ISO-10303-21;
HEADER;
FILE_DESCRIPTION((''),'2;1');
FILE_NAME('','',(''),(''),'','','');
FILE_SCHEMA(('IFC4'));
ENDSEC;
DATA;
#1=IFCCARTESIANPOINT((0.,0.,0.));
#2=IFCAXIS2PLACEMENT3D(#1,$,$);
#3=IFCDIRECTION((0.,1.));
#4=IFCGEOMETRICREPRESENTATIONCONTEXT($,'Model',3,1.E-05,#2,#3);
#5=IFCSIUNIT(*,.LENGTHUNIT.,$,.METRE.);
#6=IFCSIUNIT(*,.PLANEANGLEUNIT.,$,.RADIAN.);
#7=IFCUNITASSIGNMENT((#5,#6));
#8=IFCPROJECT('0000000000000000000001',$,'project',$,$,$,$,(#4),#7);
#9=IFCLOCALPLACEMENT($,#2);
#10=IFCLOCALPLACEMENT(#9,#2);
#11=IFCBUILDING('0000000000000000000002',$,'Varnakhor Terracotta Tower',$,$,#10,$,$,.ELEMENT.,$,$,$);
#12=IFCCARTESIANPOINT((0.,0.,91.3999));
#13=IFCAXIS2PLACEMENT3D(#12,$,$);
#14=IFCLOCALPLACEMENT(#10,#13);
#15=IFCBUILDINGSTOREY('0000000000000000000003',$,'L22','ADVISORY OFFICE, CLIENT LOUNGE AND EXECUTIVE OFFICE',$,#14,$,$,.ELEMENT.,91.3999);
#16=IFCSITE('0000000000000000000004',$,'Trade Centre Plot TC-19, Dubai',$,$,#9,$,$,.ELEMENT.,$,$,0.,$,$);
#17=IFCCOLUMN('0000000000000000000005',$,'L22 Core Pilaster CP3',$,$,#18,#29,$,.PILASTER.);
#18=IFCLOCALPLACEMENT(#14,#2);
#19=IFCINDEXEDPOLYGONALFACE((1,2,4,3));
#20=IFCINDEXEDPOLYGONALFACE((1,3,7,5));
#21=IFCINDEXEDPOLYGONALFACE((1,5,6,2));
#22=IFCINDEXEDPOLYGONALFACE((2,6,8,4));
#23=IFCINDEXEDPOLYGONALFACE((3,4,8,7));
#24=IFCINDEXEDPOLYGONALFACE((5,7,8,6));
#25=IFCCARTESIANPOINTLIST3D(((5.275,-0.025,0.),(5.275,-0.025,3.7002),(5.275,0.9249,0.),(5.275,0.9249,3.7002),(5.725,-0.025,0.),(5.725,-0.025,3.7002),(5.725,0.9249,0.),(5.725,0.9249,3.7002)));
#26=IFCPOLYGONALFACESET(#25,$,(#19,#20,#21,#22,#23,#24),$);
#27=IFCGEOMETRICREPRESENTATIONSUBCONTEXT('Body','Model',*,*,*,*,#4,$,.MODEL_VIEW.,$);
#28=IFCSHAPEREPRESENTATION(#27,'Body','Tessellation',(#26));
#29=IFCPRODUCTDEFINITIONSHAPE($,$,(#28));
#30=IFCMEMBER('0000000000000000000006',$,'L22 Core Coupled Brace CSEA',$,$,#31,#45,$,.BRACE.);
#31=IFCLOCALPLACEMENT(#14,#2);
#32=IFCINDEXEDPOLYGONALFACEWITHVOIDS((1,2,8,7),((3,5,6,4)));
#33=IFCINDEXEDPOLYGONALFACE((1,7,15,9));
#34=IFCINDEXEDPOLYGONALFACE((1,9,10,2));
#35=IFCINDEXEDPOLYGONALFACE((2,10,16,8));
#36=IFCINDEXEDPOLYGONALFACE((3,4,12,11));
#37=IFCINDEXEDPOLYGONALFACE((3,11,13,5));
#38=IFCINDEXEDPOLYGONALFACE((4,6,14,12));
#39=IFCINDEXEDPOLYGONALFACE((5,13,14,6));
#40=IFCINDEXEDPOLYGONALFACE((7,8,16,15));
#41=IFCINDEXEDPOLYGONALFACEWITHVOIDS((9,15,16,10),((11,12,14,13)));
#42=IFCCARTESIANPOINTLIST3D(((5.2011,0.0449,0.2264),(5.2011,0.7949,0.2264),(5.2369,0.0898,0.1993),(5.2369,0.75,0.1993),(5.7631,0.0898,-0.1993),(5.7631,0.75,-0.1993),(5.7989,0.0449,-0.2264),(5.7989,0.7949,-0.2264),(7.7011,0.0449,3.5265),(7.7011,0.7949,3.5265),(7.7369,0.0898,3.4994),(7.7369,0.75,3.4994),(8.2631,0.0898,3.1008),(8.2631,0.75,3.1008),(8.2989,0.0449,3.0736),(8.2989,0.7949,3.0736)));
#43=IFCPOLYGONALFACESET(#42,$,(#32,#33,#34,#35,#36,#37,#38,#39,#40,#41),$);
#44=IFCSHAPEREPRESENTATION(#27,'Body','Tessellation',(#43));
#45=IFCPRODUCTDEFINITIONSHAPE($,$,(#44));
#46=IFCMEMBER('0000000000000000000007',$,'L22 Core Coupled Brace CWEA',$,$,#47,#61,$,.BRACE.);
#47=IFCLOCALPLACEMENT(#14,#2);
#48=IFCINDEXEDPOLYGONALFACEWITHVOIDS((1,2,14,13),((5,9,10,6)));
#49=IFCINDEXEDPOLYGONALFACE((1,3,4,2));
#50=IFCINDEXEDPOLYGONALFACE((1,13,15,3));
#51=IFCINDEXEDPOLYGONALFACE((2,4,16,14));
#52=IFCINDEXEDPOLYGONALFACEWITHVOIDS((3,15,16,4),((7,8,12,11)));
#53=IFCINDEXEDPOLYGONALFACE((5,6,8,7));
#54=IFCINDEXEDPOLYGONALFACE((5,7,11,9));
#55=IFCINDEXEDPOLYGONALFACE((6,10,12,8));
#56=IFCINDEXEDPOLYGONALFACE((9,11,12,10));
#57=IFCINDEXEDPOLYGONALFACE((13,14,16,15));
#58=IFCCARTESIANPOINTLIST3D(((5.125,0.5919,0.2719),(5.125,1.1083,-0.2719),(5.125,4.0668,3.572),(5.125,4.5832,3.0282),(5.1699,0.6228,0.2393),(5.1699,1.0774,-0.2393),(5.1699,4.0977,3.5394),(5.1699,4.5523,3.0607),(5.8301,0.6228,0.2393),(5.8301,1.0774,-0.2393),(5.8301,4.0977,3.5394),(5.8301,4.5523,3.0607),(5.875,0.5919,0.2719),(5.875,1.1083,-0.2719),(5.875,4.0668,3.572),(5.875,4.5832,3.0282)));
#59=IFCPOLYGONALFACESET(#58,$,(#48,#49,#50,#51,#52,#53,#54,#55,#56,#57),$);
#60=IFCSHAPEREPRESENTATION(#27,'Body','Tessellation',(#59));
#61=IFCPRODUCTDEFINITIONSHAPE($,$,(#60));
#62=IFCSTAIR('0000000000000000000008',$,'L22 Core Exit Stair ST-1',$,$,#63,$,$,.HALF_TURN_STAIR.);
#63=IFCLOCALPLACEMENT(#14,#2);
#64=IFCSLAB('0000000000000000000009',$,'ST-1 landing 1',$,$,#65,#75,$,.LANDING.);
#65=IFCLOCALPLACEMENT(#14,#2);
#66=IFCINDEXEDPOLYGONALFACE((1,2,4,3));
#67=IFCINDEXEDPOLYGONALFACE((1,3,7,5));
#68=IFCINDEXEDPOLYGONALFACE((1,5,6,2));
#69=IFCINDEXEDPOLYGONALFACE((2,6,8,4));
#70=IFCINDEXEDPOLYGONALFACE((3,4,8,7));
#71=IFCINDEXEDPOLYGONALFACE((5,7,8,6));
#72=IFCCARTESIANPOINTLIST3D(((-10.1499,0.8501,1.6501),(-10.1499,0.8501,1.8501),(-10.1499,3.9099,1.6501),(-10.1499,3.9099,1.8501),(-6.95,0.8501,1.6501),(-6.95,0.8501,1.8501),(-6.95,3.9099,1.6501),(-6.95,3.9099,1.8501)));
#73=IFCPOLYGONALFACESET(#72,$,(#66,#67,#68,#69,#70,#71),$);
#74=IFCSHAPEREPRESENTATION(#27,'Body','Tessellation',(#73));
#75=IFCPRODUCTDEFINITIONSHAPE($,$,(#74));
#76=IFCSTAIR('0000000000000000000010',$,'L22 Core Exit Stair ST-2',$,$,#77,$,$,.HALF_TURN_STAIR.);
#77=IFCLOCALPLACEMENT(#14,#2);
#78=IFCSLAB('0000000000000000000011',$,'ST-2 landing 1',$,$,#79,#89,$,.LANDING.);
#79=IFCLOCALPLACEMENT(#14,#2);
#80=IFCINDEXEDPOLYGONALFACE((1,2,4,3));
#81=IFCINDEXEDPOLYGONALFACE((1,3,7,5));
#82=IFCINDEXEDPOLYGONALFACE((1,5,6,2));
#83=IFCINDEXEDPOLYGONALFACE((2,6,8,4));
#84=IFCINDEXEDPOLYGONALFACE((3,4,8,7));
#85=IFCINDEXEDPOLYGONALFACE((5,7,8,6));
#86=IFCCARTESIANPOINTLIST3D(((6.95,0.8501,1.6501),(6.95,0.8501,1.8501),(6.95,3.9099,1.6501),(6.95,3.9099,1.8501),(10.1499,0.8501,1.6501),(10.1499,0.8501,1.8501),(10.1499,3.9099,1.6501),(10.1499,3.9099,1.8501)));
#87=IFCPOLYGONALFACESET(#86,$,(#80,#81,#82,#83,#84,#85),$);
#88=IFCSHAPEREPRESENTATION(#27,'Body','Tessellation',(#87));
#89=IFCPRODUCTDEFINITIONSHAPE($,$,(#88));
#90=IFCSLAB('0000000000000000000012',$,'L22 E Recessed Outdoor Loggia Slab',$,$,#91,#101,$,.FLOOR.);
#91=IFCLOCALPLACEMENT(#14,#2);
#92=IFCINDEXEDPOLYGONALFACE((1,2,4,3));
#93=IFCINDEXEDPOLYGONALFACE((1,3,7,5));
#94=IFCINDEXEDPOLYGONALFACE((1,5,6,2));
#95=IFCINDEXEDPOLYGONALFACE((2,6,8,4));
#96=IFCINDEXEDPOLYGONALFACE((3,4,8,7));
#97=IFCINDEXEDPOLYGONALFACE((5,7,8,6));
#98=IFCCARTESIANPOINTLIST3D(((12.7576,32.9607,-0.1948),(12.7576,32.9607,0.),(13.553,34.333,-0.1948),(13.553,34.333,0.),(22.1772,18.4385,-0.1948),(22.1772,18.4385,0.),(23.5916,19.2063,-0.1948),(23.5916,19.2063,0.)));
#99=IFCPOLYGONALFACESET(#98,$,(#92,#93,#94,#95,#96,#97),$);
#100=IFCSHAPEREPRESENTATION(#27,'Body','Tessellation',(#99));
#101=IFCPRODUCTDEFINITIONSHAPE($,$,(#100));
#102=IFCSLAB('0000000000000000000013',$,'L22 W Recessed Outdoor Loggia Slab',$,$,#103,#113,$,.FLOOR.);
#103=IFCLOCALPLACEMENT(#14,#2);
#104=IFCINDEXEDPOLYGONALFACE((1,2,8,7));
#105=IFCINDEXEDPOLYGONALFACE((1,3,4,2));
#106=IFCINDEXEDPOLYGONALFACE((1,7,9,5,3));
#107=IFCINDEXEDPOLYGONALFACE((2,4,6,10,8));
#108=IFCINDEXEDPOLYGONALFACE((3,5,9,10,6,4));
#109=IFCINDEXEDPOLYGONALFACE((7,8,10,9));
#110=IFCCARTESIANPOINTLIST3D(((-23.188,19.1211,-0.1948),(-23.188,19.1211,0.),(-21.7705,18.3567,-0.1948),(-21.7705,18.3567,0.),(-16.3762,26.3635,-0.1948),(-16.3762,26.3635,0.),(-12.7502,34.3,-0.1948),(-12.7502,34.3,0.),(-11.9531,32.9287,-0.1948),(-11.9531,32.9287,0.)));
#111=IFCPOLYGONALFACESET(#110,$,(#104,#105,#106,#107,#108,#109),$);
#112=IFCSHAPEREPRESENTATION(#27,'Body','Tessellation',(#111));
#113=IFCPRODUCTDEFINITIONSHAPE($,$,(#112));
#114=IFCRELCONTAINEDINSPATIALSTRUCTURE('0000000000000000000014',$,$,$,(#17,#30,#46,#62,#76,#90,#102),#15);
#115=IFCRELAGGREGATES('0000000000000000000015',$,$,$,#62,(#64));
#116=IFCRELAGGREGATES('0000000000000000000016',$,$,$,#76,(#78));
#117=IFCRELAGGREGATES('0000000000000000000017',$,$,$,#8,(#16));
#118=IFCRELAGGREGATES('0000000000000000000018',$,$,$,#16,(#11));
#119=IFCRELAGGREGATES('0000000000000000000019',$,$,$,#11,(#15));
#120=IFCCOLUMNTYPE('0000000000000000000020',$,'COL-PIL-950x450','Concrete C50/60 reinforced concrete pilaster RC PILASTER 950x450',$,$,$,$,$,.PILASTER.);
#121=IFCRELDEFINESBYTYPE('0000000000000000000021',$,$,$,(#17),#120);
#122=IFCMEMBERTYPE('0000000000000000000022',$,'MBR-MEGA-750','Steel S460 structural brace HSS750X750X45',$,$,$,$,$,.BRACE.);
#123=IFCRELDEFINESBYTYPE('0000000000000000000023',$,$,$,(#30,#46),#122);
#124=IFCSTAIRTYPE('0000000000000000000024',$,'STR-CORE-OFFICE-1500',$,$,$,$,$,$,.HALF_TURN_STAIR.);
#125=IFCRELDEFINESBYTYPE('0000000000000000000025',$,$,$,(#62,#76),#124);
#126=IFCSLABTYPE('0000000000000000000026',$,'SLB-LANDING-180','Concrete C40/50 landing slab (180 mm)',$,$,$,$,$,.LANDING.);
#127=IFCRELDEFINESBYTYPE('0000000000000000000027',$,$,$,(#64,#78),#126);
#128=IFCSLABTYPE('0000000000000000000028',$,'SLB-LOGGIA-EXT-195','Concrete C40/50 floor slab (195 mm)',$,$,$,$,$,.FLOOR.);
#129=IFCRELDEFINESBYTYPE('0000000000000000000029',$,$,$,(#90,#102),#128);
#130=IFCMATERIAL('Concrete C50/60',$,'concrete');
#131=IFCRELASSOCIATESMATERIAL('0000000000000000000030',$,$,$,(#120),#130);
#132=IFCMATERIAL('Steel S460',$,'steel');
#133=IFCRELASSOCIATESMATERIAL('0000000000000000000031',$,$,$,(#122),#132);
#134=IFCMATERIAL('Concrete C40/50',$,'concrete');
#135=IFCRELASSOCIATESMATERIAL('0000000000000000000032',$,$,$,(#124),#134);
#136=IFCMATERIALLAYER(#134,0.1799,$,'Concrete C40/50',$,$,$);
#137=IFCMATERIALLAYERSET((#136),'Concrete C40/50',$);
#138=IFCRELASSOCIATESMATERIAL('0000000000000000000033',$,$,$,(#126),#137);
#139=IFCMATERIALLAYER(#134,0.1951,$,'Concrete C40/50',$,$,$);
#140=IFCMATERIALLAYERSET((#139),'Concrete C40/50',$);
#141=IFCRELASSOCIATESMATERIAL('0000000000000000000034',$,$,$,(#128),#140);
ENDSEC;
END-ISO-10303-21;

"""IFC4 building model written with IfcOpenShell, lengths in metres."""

from ifc_helpers import new_model, si_unit, direction, frame, origin, origin_2d, place, context, subcontext, project, spatial, polyline, rectangle, hollow_rectangle, outline, extrude, source, transform, mapped, material, layer, layer_set, material_profile, profile_set, type_object, type_shapes, element, aggregate, save


model = new_model("IFC4")

# Units and contexts
model_context = context("Model", 3, precision=1e-05, world=origin(), true_north=direction((0.0, 1.0)))
body_context = subcontext(model_context, "Body", "Model", "MODEL_VIEW")
ifc_project = project(units=[si_unit("LENGTHUNIT", "METRE"), si_unit("PLANEANGLEUNIT", "RADIAN")], contexts=[model_context])

# Site, building, storey
site_placement = place(None, origin())
site = spatial("IfcSite", under=ifc_project, at=site_placement, Name="Trade Centre Plot TC-19, Dubai", CompositionType="ELEMENT", RefElevation=0.0)
building_placement = place(site_placement, origin())
building = spatial("IfcBuilding", under=site, at=building_placement, Name="Varnakhor Terracotta Tower", CompositionType="ELEMENT")
storey_placement = place(building_placement, frame((0.0, 0.0, 91.3999)))
storey = spatial("IfcBuildingStorey", under=building, at=storey_placement, Name="L22", Description="ADVISORY OFFICE, CLIENT LOUNGE AND EXECUTIVE OFFICE", CompositionType="ELEMENT", Elevation=91.3999)

# Column
ifc_material_1 = material(Name="Concrete C50/60", Category="concrete")
ifc_material_profile_1 = material_profile(ifc_material_1, rectangle(XDim=0.45, YDim=0.95, at=origin_2d()), Name="RC PILASTER 950x450")
ifc_profile_set_1 = profile_set([ifc_material_profile_1], Name="Concrete C50/60")
column_type = type_object("IfcColumnType", Name="COL-PIL-950x450", Description="Concrete C50/60 reinforced concrete pilaster RC PILASTER 950x450", PredefinedType="PILASTER", material=ifc_profile_set_1)
shared_shape_1 = source(origin(), body_context, "Body", "SweptSolid", [
    extrude(rectangle(XDim=0.45, YDim=0.95, at=origin_2d()), origin(), (0.0, 0.0, 1.0), 3.7002),
])
column_placement = place(storey_placement, frame((5.5, 0.45, 0.0), z_axis=(0.0, 0.0, 1.0), x_axis=(1.0, 0.0, 0.0)))
element("IfcColumn", 1, at=column_placement, inside=storey, type_object=column_type, Name="L22 Core Pilaster CP3", PredefinedType="PILASTER", context=body_context, shape_type="MappedRepresentation", body=[
    mapped(shared_shape_1, transform((0.0, 0.0, 0.0), scale=1.0)),
])

# Members
ifc_material_2 = material(Name="Steel S460", Category="steel")
ifc_material_profile_2 = material_profile(ifc_material_2, hollow_rectangle(XDim=0.75, YDim=0.75, WallThickness=0.0449, at=origin_2d()), Name="HSS750X750X45")
ifc_profile_set_2 = profile_set([ifc_material_profile_2], Name="Steel S460")
member_type = type_object("IfcMemberType", Name="MBR-MEGA-750", Description="Steel S460 structural brace HSS750X750X45", PredefinedType="BRACE", material=ifc_profile_set_2)
shared_shape_2 = source(origin(), body_context, "Body", "SweptSolid", [
    extrude(hollow_rectangle(XDim=0.75, YDim=0.75, WallThickness=0.0449, at=origin_2d()), origin(), (0.0, 0.0, 1.0), 4.1401),
])
type_shapes(member_type, [shared_shape_2])
member_1_placement = place(storey_placement, frame((5.5, 0.4199, 0.0), z_axis=(0.603852, 0.0, 0.797096), x_axis=(0.0, 1.0, 0.0)))
element("IfcMember", 2, at=member_1_placement, inside=storey, type_object=member_type, Name="L22 Core Coupled Brace CSEA", PredefinedType="BRACE", context=body_context, shape_type="MappedRepresentation", body=[
    mapped(shared_shape_2, transform((0.0, 0.0, 0.0), scale=1.0)),
])
shared_shape_3 = source(origin(), body_context, "Body", "SweptSolid", [
    extrude(hollow_rectangle(XDim=0.75, YDim=0.75, WallThickness=0.0449, at=origin_2d()), origin(), (0.0, 0.0, 1.0), 4.7922),
])
member_2_placement = place(storey_placement, frame((5.5, 0.8501, 0.0), z_axis=(0.0, 0.72511, 0.688633), x_axis=(-1.0, 0.0, 0.0)))
element("IfcMember", 3, at=member_2_placement, inside=storey, type_object=member_type, Name="L22 Core Coupled Brace CWEA", PredefinedType="BRACE", context=body_context, shape_type="MappedRepresentation", body=[
    mapped(shared_shape_3, transform((0.0, 0.0, 0.0), scale=1.0)),
])

# Stairs, slabs
ifc_material_3 = material(Name="Concrete C40/50", Category="concrete")
stair_type = type_object("IfcStairType", Name="STR-CORE-OFFICE-1500", PredefinedType="HALF_TURN_STAIR", material=ifc_material_3)
stair_1_placement = place(storey_placement, origin())
stair_1 = element("IfcStair", 4, at=stair_1_placement, inside=storey, type_object=stair_type, Name="L22 Core Exit Stair ST-1", PredefinedType="HALF_TURN_STAIR")
ifc_layer_1 = layer(ifc_material_3, 0.1799, Name="Concrete C40/50")
ifc_layer_set_1 = layer_set([ifc_layer_1], Name="Concrete C40/50")
slab_type_1 = type_object("IfcSlabType", Name="SLB-LANDING-180", Description="Concrete C40/50 landing slab (180 mm)", PredefinedType="LANDING", material=ifc_layer_set_1)
slab_1_placement = place(storey_placement, frame((0.0, 0.0, 1.6501)))
slab_1 = element("IfcSlab", 5, at=slab_1_placement, type_object=slab_type_1, Name="ST-1 landing 1", PredefinedType="LANDING", context=body_context, shape_type="SweptSolid", body=[
    extrude(outline(polyline([(-10.1499, 3.9099), (-10.1499, 0.8501), (-6.95, 0.8501), (-6.95, 3.9099), (-10.1499, 3.9099)])), origin(), (0.0, 0.0, 1.0), 0.2),
])
aggregate(stair_1, [slab_1])
stair_2_placement = place(storey_placement, origin())
stair_2 = element("IfcStair", 6, at=stair_2_placement, inside=storey, type_object=stair_type, Name="L22 Core Exit Stair ST-2", PredefinedType="HALF_TURN_STAIR")
slab_2_placement = place(storey_placement, frame((0.0, 0.0, 1.6501)))
slab_2 = element("IfcSlab", 7, at=slab_2_placement, type_object=slab_type_1, Name="ST-2 landing 1", PredefinedType="LANDING", context=body_context, shape_type="SweptSolid", body=[
    extrude(outline(polyline([(6.95, 3.9099), (6.95, 0.8501), (10.1499, 0.8501), (10.1499, 3.9099), (6.95, 3.9099)])), origin(), (0.0, 0.0, 1.0), 0.2),
])
aggregate(stair_2, [slab_2])

# Slabs
ifc_layer_2 = layer(ifc_material_3, 0.1951, Name="Concrete C40/50")
ifc_layer_set_2 = layer_set([ifc_layer_2], Name="Concrete C40/50")
slab_type_2 = type_object("IfcSlabType", Name="SLB-LOGGIA-EXT-195", Description="Concrete C40/50 floor slab (195 mm)", PredefinedType="FLOOR", material=ifc_layer_set_2)
slab_3_placement = place(storey_placement, frame((0.0, 0.0, -0.1948)))
element("IfcSlab", 8, at=slab_3_placement, inside=storey, type_object=slab_type_2, Name="L22 E Recessed Outdoor Loggia Slab", PredefinedType="FLOOR", context=body_context, shape_type="SweptSolid", body=[
    extrude(outline(polyline([(13.553, 34.333), (23.5916, 19.2063), (22.1772, 18.4385), (12.7576, 32.9607), (13.553, 34.333)])), origin(), (0.0, 0.0, 1.0), 0.1948),
])
slab_4_placement = place(storey_placement, frame((0.0, 0.0, -0.1948)))
element("IfcSlab", 9, at=slab_4_placement, inside=storey, type_object=slab_type_2, Name="L22 W Recessed Outdoor Loggia Slab", PredefinedType="FLOOR", context=body_context, shape_type="SweptSolid", body=[
    extrude(outline(polyline([(-23.188, 19.1211), (-12.7502, 34.3), (-11.9531, 32.9287), (-16.3762, 26.3635), (-21.7705, 18.3567), (-23.188, 19.1211)])), origin(), (0.0, 0.0, 1.0), 0.1948),
])

save(model, "model.ifc")
